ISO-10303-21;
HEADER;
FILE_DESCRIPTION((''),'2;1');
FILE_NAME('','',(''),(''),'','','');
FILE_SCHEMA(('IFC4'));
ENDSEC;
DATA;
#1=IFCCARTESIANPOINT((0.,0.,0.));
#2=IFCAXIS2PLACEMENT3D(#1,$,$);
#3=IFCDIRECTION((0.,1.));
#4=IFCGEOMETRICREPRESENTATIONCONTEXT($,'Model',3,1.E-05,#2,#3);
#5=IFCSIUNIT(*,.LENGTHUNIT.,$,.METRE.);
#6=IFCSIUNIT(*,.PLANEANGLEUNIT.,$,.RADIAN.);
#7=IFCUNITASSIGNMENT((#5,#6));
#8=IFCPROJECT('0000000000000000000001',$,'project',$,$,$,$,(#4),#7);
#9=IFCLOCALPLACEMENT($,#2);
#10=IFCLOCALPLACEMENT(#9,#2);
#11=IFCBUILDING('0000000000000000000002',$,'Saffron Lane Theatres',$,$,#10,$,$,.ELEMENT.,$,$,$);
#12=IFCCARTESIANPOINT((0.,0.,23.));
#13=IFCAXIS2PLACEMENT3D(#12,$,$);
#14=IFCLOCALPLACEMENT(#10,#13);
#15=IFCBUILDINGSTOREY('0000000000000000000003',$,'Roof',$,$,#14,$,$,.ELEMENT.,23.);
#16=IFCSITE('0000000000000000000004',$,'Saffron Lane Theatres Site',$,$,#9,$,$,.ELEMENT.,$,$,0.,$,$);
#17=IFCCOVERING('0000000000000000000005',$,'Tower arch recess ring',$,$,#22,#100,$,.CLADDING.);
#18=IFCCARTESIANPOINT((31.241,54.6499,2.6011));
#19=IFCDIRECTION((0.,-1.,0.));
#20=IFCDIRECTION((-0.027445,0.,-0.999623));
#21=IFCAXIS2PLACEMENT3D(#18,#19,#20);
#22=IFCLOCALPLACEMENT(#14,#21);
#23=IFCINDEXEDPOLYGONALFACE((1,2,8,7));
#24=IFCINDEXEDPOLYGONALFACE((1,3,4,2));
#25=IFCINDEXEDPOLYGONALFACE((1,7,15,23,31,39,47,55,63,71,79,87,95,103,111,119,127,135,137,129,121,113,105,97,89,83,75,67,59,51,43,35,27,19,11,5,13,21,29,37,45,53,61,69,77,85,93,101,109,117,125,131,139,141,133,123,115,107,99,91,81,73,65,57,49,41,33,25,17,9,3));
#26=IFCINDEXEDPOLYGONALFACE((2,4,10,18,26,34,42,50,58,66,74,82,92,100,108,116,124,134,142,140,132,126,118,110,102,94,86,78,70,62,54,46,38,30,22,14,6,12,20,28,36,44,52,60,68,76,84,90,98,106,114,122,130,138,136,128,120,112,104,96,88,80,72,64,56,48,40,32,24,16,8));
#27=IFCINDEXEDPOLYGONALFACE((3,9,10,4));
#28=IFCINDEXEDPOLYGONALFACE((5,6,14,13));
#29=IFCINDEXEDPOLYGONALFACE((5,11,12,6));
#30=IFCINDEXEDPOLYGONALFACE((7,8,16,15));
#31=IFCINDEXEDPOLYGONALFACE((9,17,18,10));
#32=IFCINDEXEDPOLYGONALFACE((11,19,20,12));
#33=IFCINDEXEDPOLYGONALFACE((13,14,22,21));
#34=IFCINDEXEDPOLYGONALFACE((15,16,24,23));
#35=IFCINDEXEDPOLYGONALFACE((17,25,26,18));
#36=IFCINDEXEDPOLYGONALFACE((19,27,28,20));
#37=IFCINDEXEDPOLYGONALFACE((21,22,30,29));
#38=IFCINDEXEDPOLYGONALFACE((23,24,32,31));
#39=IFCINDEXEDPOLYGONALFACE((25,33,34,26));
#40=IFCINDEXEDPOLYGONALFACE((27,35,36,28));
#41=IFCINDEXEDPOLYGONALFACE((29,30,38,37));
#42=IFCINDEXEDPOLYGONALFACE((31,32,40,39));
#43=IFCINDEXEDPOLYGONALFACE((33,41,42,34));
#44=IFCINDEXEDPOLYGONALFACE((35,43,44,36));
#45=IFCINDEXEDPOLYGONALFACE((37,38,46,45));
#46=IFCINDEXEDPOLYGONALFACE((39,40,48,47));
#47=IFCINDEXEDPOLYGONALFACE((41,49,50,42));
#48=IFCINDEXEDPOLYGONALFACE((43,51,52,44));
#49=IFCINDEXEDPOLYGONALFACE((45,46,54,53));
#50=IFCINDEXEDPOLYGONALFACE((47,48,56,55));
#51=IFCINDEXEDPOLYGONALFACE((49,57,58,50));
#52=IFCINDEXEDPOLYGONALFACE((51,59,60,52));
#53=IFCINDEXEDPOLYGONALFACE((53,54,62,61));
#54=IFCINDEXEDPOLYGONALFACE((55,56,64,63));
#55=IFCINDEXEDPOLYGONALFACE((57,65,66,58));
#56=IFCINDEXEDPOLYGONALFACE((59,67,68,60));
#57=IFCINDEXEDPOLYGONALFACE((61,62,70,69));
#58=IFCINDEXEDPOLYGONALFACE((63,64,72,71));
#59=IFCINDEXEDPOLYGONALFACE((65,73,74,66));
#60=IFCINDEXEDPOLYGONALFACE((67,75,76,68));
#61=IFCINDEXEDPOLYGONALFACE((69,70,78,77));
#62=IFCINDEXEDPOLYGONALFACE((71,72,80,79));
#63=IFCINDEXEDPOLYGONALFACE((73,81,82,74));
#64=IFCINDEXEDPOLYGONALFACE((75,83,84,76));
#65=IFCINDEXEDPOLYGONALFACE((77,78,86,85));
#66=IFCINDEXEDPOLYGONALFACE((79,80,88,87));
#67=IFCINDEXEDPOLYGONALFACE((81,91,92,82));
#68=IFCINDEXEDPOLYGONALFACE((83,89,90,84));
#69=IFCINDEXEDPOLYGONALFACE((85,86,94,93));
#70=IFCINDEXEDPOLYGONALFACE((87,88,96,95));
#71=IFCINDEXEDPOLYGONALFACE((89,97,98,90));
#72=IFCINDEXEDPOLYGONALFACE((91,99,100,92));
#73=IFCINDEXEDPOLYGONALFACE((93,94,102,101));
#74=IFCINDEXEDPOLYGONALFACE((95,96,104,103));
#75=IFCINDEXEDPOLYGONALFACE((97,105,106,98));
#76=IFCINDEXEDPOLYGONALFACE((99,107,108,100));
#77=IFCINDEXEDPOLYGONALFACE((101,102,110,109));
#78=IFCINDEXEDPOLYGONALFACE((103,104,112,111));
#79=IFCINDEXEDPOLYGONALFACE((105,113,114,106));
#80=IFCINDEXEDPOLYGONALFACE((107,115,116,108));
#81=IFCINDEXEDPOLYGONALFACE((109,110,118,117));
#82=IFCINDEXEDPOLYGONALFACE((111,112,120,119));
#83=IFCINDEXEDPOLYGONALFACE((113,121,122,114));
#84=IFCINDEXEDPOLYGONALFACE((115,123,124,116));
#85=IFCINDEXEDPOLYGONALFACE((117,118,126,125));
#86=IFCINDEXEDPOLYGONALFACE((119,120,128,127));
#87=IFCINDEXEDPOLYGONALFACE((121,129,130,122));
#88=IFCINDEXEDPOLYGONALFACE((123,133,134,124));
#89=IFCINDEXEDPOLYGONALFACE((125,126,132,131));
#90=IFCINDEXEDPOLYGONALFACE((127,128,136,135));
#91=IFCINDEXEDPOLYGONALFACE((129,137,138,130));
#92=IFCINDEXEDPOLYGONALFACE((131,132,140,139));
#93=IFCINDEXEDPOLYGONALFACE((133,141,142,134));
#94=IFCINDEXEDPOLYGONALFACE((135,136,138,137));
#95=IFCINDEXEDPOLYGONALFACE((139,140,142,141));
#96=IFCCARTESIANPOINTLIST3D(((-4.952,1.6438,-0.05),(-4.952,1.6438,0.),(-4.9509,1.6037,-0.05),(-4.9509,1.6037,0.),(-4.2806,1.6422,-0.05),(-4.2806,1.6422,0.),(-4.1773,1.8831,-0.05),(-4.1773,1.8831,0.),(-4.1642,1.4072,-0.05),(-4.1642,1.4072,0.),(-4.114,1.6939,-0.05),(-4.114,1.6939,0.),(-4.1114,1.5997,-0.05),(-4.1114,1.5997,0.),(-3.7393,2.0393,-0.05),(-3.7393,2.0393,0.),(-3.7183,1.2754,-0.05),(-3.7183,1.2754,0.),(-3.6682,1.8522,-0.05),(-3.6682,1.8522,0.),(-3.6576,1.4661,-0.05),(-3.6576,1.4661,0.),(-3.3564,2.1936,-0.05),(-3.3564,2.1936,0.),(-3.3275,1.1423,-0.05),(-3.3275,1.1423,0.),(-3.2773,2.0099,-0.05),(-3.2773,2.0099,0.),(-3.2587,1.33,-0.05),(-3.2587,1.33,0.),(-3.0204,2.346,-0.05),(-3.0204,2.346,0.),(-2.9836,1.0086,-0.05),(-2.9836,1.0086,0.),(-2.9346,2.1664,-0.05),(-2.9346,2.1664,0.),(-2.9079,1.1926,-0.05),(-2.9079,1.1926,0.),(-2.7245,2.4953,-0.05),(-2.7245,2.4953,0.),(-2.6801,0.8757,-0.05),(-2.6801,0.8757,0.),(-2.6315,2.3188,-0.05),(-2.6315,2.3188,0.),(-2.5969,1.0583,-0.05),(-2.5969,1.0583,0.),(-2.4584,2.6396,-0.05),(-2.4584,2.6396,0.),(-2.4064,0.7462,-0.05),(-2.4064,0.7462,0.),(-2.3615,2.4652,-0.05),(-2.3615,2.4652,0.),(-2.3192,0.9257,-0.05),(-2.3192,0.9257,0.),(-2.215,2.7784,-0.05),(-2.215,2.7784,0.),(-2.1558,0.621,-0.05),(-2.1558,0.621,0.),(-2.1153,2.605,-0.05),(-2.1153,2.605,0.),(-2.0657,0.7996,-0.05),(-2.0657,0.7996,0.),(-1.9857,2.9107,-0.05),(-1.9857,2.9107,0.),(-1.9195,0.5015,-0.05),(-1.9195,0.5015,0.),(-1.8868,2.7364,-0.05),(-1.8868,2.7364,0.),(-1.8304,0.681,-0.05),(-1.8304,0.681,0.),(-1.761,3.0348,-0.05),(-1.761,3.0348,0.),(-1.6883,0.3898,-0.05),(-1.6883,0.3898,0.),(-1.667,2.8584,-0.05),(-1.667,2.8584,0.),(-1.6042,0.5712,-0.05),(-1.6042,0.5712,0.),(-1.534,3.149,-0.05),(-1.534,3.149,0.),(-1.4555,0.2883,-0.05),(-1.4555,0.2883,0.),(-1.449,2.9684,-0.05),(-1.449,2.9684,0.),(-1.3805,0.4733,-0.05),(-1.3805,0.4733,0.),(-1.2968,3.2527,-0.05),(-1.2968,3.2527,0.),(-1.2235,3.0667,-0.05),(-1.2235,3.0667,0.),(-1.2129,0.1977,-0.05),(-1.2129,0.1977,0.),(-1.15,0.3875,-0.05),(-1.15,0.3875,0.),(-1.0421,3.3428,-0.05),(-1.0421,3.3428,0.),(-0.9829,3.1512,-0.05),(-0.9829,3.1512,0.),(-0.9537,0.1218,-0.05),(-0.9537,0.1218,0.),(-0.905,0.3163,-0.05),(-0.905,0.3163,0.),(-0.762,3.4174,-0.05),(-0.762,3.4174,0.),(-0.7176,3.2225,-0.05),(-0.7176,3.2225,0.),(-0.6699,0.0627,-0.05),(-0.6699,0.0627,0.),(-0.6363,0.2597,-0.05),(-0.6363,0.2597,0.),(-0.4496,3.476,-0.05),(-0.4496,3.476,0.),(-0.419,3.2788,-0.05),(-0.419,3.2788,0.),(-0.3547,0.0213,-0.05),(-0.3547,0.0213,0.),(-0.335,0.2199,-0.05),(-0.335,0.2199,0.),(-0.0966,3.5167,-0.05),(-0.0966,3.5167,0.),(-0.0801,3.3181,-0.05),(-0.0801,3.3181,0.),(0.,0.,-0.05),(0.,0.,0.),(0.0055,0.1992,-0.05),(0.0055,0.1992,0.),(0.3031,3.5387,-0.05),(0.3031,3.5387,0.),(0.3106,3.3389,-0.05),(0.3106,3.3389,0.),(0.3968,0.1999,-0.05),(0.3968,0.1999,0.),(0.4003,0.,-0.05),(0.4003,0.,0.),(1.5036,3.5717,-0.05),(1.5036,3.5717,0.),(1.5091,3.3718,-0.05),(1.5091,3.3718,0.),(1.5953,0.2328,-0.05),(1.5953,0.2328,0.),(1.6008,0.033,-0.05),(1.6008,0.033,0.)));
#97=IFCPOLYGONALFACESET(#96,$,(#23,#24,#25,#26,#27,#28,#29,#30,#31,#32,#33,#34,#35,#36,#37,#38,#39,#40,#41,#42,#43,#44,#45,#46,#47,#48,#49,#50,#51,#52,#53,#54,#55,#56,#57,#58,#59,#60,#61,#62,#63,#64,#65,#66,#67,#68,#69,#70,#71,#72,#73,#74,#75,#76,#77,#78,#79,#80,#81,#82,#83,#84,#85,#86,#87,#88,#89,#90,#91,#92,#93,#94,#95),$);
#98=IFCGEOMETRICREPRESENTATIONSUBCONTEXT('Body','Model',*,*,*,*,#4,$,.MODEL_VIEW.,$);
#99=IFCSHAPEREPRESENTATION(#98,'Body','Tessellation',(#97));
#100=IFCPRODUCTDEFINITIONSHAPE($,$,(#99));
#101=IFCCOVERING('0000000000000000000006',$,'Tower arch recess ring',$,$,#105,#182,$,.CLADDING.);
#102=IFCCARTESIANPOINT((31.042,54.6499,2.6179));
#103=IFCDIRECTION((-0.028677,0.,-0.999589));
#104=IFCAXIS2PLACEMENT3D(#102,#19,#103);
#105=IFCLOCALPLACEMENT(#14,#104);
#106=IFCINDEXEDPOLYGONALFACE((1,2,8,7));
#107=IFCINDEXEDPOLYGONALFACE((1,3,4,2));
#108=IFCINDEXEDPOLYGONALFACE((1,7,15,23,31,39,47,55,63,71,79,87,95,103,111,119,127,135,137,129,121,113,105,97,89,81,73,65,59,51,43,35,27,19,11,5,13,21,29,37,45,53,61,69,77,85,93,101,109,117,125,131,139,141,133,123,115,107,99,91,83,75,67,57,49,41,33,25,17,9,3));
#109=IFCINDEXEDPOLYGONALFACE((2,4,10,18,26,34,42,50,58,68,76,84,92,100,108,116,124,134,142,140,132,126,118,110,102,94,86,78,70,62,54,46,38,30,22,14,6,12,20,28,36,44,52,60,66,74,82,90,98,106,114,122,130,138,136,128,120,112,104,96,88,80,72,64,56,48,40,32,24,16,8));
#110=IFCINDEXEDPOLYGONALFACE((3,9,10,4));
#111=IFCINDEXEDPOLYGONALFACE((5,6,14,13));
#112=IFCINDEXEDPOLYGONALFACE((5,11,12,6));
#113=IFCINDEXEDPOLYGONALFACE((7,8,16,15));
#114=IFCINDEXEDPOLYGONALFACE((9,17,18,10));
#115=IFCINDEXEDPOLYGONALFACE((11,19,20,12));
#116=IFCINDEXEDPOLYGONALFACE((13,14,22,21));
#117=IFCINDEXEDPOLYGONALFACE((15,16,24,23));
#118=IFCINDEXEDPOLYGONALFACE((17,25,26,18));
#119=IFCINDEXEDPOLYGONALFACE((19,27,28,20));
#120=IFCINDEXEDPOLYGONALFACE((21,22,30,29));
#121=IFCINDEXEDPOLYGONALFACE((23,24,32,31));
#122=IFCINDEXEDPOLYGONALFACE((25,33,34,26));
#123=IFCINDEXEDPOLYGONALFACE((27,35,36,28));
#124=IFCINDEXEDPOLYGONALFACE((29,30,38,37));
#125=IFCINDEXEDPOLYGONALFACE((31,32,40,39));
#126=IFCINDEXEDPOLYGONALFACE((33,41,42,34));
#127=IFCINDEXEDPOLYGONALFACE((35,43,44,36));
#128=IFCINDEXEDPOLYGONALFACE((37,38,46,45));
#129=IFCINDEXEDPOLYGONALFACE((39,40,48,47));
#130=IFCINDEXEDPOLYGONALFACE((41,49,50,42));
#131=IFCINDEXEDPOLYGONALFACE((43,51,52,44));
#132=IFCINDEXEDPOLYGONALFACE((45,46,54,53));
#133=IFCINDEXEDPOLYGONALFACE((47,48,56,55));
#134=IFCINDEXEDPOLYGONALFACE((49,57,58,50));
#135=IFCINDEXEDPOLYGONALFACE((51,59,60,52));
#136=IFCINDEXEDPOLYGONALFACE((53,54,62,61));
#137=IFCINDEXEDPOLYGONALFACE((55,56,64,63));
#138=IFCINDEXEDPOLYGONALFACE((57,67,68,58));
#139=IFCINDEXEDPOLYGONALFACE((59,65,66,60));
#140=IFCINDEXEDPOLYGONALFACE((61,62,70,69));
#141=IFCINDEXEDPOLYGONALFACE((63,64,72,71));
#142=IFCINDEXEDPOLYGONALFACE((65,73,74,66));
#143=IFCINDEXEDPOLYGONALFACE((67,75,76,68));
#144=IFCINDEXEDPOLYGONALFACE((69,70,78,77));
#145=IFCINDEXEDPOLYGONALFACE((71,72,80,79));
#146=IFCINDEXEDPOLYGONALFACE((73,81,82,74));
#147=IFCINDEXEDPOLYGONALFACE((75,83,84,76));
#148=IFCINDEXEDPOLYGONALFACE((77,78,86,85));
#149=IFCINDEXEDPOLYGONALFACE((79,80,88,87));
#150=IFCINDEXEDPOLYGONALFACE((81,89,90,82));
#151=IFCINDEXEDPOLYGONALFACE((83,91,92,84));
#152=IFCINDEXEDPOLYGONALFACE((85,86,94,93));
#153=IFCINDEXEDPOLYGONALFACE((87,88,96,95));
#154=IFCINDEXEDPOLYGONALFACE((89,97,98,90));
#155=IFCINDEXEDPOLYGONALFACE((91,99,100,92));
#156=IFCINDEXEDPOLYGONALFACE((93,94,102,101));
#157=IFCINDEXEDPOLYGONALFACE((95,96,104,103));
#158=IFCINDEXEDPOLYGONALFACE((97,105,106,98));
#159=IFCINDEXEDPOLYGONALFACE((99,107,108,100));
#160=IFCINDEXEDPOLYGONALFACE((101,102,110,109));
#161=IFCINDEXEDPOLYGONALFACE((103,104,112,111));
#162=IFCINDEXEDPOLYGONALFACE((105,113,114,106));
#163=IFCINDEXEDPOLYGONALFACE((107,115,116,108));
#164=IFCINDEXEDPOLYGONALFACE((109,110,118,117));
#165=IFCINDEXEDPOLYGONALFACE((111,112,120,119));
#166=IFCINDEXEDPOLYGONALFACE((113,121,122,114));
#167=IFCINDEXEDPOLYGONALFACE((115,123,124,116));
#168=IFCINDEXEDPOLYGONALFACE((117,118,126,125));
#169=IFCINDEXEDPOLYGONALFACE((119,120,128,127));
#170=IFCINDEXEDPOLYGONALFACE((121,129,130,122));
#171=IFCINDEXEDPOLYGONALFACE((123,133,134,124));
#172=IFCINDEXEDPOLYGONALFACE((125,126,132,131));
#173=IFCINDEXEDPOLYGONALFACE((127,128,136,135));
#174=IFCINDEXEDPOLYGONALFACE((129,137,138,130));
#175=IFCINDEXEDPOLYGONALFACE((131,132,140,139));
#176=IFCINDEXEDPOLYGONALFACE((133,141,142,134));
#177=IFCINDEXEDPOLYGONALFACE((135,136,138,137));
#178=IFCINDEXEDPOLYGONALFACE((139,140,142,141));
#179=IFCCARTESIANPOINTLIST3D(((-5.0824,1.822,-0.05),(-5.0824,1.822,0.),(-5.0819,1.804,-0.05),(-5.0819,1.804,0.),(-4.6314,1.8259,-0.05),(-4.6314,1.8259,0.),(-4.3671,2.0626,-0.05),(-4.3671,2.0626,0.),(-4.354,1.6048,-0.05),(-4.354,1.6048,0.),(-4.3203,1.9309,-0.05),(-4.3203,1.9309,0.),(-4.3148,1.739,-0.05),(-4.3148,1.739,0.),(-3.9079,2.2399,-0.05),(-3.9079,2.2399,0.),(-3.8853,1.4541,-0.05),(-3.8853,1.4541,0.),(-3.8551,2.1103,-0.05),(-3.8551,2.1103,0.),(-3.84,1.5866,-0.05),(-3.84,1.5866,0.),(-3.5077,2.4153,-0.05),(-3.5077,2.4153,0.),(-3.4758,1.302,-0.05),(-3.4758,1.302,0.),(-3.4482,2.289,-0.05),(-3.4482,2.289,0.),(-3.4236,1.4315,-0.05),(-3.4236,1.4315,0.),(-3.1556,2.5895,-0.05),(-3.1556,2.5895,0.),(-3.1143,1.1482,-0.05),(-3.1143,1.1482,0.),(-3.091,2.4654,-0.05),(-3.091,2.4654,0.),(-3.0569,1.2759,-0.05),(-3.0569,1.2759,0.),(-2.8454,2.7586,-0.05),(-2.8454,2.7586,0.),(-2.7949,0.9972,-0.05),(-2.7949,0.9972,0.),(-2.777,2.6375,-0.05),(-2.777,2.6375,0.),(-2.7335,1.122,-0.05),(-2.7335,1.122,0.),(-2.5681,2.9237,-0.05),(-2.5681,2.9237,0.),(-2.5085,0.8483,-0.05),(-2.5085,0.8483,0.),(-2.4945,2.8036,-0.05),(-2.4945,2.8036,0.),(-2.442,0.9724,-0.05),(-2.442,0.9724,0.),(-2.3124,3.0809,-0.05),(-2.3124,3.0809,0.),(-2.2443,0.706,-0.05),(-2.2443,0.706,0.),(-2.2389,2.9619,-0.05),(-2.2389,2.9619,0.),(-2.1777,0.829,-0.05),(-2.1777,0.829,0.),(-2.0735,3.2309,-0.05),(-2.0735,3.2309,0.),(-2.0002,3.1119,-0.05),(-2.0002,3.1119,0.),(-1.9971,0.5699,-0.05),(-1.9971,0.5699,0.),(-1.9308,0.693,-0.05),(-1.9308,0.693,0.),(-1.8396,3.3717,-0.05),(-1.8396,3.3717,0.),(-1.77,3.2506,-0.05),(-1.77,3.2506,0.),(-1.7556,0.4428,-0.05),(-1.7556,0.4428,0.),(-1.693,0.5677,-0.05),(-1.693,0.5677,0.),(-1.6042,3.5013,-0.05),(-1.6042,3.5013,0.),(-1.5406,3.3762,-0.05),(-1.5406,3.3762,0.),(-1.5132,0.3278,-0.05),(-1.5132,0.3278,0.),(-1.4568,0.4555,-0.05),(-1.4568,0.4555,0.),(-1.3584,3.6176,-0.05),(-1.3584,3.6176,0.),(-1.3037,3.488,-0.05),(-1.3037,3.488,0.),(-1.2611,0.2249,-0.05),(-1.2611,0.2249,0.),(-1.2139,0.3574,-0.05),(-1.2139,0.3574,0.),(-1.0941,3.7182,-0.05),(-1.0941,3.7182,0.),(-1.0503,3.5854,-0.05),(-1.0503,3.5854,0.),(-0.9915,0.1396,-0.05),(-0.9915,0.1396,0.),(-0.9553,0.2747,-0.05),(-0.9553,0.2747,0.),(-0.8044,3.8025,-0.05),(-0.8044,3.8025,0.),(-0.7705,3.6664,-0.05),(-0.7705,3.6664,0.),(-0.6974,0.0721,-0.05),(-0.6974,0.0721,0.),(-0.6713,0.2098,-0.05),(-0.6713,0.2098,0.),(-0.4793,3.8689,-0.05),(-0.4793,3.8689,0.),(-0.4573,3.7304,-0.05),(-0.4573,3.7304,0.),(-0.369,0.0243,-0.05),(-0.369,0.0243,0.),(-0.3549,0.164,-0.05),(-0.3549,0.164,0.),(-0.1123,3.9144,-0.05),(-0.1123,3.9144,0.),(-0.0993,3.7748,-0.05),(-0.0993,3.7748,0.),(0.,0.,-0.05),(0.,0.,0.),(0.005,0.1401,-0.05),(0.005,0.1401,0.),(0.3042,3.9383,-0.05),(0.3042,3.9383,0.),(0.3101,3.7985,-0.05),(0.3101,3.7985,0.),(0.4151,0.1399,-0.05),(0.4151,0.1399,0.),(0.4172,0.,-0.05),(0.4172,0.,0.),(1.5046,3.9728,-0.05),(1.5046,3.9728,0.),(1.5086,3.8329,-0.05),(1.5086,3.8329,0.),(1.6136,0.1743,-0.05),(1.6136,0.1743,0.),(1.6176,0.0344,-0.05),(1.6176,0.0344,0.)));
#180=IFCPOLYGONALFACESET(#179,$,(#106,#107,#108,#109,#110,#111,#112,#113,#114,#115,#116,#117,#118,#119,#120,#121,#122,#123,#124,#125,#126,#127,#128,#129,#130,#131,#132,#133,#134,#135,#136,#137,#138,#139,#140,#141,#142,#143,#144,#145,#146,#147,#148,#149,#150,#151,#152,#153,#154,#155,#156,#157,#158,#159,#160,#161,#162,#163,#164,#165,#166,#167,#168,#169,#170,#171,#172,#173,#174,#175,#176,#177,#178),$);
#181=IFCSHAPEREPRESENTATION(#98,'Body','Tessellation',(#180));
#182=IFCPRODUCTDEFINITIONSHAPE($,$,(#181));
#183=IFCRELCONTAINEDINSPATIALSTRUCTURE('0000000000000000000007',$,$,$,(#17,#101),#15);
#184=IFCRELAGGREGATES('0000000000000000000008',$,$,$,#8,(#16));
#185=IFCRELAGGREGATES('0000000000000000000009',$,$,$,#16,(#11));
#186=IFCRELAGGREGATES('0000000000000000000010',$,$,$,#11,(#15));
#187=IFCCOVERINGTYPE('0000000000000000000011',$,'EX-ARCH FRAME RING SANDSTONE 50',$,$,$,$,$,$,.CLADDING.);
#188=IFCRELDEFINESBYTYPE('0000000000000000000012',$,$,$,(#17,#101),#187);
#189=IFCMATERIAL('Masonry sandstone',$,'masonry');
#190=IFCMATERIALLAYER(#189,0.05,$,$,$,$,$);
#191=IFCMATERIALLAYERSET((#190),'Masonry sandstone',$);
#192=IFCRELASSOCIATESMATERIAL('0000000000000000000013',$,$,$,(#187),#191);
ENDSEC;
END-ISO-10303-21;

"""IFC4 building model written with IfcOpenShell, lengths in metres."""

from ifc_helpers import new_model, si_unit, direction, frame, origin, place, context, subcontext, project, spatial, polyline, outline, extrude, material, layer, layer_set, type_object, element, save


model = new_model("IFC4")

# Units and contexts
model_context = context("Model", 3, precision=1e-05, world=origin(), true_north=direction((0.0, 1.0)))
body_context = subcontext(model_context, "Body", "Model", "MODEL_VIEW")
ifc_project = project(units=[si_unit("LENGTHUNIT", "METRE"), si_unit("PLANEANGLEUNIT", "RADIAN")], contexts=[model_context])

# Site, building, storey
site_placement = place(None, origin())
site = spatial("IfcSite", under=ifc_project, at=site_placement, Name="Saffron Lane Theatres Site", CompositionType="ELEMENT", RefElevation=0.0)
building_placement = place(site_placement, origin())
building = spatial("IfcBuilding", under=site, at=building_placement, Name="Saffron Lane Theatres", CompositionType="ELEMENT")
storey_placement = place(building_placement, frame((0.0, 0.0, 23.0)))
storey = spatial("IfcBuildingStorey", under=building, at=storey_placement, Name="Roof", CompositionType="ELEMENT", Elevation=23.0)

# Coverings
ifc_material_1 = material(Name="Masonry sandstone", Category="masonry")
ifc_layer_1 = layer(ifc_material_1, 0.05)
ifc_layer_set_1 = layer_set([ifc_layer_1], Name="Masonry sandstone")
covering_type_1 = type_object("IfcCoveringType", Name="EX-ARCH FRAME RING SANDSTONE 50", PredefinedType="CLADDING", material=ifc_layer_set_1)
covering_1_placement = place(storey_placement, frame((31.241, 54.6499, 2.6011), z_axis=(0.0, -1.0, 0.0), x_axis=(-0.027445, 0.0, -0.999623)))
element("IfcCovering", 1, at=covering_1_placement, inside=storey, type_object=covering_type_1, Name="Tower arch recess ring", PredefinedType="CLADDING", context=body_context, shape_type="SweptSolid", body=[
    extrude(outline(polyline([(0.0, 0.0), (0.4003, 0.0), (1.6008, 0.033), (1.5953, 0.2328), (0.3968, 0.1999), (0.0055, 0.1992), (-0.335, 0.2199), (-0.6363, 0.2597), (-0.905, 0.3163), (-1.15, 0.3875), (-1.3805, 0.4733), (-1.6042, 0.5712), (-1.8304, 0.681), (-2.0657, 0.7996), (-2.3192, 0.9257), (-2.5969, 1.0583), (-2.9079, 1.1926), (-3.2587, 1.33), (-3.6576, 1.4661), (-4.1114, 1.5997), (-4.2806, 1.6422), (-4.114, 1.6939), (-3.6682, 1.8522), (-3.2773, 2.0099), (-2.9346, 2.1664), (-2.6315, 2.3188), (-2.3615, 2.4652), (-2.1153, 2.605), (-1.8868, 2.7364), (-1.667, 2.8584), (-1.449, 2.9684), (-1.2235, 3.0667), (-0.9829, 3.1512), (-0.7176, 3.2225), (-0.419, 3.2788), (-0.0801, 3.3181), (0.3106, 3.3389), (1.5091, 3.3718), (1.5036, 3.5717), (0.3031, 3.5387), (-0.0966, 3.5167), (-0.4496, 3.476), (-0.762, 3.4174), (-1.0421, 3.3428), (-1.2968, 3.2527), (-1.534, 3.149), (-1.761, 3.0348), (-1.9857, 2.9107), (-2.215, 2.7784), (-2.4584, 2.6396), (-2.7245, 2.4953), (-3.0204, 2.346), (-3.3564, 2.1936), (-3.7393, 2.0393), (-4.1773, 1.8831), (-4.952, 1.6438), (-4.9509, 1.6037), (-4.1642, 1.4072), (-3.7183, 1.2754), (-3.3275, 1.1423), (-2.9836, 1.0086), (-2.6801, 0.8757), (-2.4064, 0.7462), (-2.1558, 0.621), (-1.9195, 0.5015), (-1.6883, 0.3898), (-1.4555, 0.2883), (-1.2129, 0.1977), (-0.9537, 0.1218), (-0.6699, 0.0627), (-0.3547, 0.0213), (0.0, 0.0)])), origin(), (0.0, 0.0, -1.0), 0.05),
])
covering_2_placement = place(storey_placement, frame((31.042, 54.6499, 2.6179), z_axis=(0.0, -1.0, 0.0), x_axis=(-0.028677, 0.0, -0.999589)))
element("IfcCovering", 2, at=covering_2_placement, inside=storey, type_object=covering_type_1, Name="Tower arch recess ring", PredefinedType="CLADDING", context=body_context, shape_type="SweptSolid", body=[
    extrude(outline(polyline([(0.0, 0.0), (0.4172, 0.0), (1.6176, 0.0344), (1.6136, 0.1743), (0.4151, 0.1399), (0.005, 0.1401), (-0.3549, 0.164), (-0.6713, 0.2098), (-0.9553, 0.2747), (-1.2139, 0.3574), (-1.4568, 0.4555), (-1.693, 0.5677), (-1.9308, 0.693), (-2.1777, 0.829), (-2.442, 0.9724), (-2.7335, 1.122), (-3.0569, 1.2759), (-3.4236, 1.4315), (-3.84, 1.5866), (-4.3148, 1.739), (-4.6314, 1.8259), (-4.3203, 1.9309), (-3.8551, 2.1103), (-3.4482, 2.289), (-3.091, 2.4654), (-2.777, 2.6375), (-2.4945, 2.8036), (-2.2389, 2.9619), (-2.0002, 3.1119), (-1.77, 3.2506), (-1.5406, 3.3762), (-1.3037, 3.488), (-1.0503, 3.5854), (-0.7705, 3.6664), (-0.4573, 3.7304), (-0.0993, 3.7748), (0.3101, 3.7985), (1.5086, 3.8329), (1.5046, 3.9728), (0.3042, 3.9383), (-0.1123, 3.9144), (-0.4793, 3.8689), (-0.8044, 3.8025), (-1.0941, 3.7182), (-1.3584, 3.6176), (-1.6042, 3.5013), (-1.8396, 3.3717), (-2.0735, 3.2309), (-2.3124, 3.0809), (-2.5681, 2.9237), (-2.8454, 2.7586), (-3.1556, 2.5895), (-3.5077, 2.4153), (-3.9079, 2.2399), (-4.3671, 2.0626), (-5.0824, 1.822), (-5.0819, 1.804), (-4.354, 1.6048), (-3.8853, 1.4541), (-3.4758, 1.302), (-3.1143, 1.1482), (-2.7949, 0.9972), (-2.5085, 0.8483), (-2.2443, 0.706), (-1.9971, 0.5699), (-1.7556, 0.4428), (-1.5132, 0.3278), (-1.2611, 0.2249), (-0.9915, 0.1396), (-0.6974, 0.0721), (-0.369, 0.0243), (0.0, 0.0)])), origin(), (0.0, 0.0, -1.0), 0.05),
])

save(model, "model.ifc")
